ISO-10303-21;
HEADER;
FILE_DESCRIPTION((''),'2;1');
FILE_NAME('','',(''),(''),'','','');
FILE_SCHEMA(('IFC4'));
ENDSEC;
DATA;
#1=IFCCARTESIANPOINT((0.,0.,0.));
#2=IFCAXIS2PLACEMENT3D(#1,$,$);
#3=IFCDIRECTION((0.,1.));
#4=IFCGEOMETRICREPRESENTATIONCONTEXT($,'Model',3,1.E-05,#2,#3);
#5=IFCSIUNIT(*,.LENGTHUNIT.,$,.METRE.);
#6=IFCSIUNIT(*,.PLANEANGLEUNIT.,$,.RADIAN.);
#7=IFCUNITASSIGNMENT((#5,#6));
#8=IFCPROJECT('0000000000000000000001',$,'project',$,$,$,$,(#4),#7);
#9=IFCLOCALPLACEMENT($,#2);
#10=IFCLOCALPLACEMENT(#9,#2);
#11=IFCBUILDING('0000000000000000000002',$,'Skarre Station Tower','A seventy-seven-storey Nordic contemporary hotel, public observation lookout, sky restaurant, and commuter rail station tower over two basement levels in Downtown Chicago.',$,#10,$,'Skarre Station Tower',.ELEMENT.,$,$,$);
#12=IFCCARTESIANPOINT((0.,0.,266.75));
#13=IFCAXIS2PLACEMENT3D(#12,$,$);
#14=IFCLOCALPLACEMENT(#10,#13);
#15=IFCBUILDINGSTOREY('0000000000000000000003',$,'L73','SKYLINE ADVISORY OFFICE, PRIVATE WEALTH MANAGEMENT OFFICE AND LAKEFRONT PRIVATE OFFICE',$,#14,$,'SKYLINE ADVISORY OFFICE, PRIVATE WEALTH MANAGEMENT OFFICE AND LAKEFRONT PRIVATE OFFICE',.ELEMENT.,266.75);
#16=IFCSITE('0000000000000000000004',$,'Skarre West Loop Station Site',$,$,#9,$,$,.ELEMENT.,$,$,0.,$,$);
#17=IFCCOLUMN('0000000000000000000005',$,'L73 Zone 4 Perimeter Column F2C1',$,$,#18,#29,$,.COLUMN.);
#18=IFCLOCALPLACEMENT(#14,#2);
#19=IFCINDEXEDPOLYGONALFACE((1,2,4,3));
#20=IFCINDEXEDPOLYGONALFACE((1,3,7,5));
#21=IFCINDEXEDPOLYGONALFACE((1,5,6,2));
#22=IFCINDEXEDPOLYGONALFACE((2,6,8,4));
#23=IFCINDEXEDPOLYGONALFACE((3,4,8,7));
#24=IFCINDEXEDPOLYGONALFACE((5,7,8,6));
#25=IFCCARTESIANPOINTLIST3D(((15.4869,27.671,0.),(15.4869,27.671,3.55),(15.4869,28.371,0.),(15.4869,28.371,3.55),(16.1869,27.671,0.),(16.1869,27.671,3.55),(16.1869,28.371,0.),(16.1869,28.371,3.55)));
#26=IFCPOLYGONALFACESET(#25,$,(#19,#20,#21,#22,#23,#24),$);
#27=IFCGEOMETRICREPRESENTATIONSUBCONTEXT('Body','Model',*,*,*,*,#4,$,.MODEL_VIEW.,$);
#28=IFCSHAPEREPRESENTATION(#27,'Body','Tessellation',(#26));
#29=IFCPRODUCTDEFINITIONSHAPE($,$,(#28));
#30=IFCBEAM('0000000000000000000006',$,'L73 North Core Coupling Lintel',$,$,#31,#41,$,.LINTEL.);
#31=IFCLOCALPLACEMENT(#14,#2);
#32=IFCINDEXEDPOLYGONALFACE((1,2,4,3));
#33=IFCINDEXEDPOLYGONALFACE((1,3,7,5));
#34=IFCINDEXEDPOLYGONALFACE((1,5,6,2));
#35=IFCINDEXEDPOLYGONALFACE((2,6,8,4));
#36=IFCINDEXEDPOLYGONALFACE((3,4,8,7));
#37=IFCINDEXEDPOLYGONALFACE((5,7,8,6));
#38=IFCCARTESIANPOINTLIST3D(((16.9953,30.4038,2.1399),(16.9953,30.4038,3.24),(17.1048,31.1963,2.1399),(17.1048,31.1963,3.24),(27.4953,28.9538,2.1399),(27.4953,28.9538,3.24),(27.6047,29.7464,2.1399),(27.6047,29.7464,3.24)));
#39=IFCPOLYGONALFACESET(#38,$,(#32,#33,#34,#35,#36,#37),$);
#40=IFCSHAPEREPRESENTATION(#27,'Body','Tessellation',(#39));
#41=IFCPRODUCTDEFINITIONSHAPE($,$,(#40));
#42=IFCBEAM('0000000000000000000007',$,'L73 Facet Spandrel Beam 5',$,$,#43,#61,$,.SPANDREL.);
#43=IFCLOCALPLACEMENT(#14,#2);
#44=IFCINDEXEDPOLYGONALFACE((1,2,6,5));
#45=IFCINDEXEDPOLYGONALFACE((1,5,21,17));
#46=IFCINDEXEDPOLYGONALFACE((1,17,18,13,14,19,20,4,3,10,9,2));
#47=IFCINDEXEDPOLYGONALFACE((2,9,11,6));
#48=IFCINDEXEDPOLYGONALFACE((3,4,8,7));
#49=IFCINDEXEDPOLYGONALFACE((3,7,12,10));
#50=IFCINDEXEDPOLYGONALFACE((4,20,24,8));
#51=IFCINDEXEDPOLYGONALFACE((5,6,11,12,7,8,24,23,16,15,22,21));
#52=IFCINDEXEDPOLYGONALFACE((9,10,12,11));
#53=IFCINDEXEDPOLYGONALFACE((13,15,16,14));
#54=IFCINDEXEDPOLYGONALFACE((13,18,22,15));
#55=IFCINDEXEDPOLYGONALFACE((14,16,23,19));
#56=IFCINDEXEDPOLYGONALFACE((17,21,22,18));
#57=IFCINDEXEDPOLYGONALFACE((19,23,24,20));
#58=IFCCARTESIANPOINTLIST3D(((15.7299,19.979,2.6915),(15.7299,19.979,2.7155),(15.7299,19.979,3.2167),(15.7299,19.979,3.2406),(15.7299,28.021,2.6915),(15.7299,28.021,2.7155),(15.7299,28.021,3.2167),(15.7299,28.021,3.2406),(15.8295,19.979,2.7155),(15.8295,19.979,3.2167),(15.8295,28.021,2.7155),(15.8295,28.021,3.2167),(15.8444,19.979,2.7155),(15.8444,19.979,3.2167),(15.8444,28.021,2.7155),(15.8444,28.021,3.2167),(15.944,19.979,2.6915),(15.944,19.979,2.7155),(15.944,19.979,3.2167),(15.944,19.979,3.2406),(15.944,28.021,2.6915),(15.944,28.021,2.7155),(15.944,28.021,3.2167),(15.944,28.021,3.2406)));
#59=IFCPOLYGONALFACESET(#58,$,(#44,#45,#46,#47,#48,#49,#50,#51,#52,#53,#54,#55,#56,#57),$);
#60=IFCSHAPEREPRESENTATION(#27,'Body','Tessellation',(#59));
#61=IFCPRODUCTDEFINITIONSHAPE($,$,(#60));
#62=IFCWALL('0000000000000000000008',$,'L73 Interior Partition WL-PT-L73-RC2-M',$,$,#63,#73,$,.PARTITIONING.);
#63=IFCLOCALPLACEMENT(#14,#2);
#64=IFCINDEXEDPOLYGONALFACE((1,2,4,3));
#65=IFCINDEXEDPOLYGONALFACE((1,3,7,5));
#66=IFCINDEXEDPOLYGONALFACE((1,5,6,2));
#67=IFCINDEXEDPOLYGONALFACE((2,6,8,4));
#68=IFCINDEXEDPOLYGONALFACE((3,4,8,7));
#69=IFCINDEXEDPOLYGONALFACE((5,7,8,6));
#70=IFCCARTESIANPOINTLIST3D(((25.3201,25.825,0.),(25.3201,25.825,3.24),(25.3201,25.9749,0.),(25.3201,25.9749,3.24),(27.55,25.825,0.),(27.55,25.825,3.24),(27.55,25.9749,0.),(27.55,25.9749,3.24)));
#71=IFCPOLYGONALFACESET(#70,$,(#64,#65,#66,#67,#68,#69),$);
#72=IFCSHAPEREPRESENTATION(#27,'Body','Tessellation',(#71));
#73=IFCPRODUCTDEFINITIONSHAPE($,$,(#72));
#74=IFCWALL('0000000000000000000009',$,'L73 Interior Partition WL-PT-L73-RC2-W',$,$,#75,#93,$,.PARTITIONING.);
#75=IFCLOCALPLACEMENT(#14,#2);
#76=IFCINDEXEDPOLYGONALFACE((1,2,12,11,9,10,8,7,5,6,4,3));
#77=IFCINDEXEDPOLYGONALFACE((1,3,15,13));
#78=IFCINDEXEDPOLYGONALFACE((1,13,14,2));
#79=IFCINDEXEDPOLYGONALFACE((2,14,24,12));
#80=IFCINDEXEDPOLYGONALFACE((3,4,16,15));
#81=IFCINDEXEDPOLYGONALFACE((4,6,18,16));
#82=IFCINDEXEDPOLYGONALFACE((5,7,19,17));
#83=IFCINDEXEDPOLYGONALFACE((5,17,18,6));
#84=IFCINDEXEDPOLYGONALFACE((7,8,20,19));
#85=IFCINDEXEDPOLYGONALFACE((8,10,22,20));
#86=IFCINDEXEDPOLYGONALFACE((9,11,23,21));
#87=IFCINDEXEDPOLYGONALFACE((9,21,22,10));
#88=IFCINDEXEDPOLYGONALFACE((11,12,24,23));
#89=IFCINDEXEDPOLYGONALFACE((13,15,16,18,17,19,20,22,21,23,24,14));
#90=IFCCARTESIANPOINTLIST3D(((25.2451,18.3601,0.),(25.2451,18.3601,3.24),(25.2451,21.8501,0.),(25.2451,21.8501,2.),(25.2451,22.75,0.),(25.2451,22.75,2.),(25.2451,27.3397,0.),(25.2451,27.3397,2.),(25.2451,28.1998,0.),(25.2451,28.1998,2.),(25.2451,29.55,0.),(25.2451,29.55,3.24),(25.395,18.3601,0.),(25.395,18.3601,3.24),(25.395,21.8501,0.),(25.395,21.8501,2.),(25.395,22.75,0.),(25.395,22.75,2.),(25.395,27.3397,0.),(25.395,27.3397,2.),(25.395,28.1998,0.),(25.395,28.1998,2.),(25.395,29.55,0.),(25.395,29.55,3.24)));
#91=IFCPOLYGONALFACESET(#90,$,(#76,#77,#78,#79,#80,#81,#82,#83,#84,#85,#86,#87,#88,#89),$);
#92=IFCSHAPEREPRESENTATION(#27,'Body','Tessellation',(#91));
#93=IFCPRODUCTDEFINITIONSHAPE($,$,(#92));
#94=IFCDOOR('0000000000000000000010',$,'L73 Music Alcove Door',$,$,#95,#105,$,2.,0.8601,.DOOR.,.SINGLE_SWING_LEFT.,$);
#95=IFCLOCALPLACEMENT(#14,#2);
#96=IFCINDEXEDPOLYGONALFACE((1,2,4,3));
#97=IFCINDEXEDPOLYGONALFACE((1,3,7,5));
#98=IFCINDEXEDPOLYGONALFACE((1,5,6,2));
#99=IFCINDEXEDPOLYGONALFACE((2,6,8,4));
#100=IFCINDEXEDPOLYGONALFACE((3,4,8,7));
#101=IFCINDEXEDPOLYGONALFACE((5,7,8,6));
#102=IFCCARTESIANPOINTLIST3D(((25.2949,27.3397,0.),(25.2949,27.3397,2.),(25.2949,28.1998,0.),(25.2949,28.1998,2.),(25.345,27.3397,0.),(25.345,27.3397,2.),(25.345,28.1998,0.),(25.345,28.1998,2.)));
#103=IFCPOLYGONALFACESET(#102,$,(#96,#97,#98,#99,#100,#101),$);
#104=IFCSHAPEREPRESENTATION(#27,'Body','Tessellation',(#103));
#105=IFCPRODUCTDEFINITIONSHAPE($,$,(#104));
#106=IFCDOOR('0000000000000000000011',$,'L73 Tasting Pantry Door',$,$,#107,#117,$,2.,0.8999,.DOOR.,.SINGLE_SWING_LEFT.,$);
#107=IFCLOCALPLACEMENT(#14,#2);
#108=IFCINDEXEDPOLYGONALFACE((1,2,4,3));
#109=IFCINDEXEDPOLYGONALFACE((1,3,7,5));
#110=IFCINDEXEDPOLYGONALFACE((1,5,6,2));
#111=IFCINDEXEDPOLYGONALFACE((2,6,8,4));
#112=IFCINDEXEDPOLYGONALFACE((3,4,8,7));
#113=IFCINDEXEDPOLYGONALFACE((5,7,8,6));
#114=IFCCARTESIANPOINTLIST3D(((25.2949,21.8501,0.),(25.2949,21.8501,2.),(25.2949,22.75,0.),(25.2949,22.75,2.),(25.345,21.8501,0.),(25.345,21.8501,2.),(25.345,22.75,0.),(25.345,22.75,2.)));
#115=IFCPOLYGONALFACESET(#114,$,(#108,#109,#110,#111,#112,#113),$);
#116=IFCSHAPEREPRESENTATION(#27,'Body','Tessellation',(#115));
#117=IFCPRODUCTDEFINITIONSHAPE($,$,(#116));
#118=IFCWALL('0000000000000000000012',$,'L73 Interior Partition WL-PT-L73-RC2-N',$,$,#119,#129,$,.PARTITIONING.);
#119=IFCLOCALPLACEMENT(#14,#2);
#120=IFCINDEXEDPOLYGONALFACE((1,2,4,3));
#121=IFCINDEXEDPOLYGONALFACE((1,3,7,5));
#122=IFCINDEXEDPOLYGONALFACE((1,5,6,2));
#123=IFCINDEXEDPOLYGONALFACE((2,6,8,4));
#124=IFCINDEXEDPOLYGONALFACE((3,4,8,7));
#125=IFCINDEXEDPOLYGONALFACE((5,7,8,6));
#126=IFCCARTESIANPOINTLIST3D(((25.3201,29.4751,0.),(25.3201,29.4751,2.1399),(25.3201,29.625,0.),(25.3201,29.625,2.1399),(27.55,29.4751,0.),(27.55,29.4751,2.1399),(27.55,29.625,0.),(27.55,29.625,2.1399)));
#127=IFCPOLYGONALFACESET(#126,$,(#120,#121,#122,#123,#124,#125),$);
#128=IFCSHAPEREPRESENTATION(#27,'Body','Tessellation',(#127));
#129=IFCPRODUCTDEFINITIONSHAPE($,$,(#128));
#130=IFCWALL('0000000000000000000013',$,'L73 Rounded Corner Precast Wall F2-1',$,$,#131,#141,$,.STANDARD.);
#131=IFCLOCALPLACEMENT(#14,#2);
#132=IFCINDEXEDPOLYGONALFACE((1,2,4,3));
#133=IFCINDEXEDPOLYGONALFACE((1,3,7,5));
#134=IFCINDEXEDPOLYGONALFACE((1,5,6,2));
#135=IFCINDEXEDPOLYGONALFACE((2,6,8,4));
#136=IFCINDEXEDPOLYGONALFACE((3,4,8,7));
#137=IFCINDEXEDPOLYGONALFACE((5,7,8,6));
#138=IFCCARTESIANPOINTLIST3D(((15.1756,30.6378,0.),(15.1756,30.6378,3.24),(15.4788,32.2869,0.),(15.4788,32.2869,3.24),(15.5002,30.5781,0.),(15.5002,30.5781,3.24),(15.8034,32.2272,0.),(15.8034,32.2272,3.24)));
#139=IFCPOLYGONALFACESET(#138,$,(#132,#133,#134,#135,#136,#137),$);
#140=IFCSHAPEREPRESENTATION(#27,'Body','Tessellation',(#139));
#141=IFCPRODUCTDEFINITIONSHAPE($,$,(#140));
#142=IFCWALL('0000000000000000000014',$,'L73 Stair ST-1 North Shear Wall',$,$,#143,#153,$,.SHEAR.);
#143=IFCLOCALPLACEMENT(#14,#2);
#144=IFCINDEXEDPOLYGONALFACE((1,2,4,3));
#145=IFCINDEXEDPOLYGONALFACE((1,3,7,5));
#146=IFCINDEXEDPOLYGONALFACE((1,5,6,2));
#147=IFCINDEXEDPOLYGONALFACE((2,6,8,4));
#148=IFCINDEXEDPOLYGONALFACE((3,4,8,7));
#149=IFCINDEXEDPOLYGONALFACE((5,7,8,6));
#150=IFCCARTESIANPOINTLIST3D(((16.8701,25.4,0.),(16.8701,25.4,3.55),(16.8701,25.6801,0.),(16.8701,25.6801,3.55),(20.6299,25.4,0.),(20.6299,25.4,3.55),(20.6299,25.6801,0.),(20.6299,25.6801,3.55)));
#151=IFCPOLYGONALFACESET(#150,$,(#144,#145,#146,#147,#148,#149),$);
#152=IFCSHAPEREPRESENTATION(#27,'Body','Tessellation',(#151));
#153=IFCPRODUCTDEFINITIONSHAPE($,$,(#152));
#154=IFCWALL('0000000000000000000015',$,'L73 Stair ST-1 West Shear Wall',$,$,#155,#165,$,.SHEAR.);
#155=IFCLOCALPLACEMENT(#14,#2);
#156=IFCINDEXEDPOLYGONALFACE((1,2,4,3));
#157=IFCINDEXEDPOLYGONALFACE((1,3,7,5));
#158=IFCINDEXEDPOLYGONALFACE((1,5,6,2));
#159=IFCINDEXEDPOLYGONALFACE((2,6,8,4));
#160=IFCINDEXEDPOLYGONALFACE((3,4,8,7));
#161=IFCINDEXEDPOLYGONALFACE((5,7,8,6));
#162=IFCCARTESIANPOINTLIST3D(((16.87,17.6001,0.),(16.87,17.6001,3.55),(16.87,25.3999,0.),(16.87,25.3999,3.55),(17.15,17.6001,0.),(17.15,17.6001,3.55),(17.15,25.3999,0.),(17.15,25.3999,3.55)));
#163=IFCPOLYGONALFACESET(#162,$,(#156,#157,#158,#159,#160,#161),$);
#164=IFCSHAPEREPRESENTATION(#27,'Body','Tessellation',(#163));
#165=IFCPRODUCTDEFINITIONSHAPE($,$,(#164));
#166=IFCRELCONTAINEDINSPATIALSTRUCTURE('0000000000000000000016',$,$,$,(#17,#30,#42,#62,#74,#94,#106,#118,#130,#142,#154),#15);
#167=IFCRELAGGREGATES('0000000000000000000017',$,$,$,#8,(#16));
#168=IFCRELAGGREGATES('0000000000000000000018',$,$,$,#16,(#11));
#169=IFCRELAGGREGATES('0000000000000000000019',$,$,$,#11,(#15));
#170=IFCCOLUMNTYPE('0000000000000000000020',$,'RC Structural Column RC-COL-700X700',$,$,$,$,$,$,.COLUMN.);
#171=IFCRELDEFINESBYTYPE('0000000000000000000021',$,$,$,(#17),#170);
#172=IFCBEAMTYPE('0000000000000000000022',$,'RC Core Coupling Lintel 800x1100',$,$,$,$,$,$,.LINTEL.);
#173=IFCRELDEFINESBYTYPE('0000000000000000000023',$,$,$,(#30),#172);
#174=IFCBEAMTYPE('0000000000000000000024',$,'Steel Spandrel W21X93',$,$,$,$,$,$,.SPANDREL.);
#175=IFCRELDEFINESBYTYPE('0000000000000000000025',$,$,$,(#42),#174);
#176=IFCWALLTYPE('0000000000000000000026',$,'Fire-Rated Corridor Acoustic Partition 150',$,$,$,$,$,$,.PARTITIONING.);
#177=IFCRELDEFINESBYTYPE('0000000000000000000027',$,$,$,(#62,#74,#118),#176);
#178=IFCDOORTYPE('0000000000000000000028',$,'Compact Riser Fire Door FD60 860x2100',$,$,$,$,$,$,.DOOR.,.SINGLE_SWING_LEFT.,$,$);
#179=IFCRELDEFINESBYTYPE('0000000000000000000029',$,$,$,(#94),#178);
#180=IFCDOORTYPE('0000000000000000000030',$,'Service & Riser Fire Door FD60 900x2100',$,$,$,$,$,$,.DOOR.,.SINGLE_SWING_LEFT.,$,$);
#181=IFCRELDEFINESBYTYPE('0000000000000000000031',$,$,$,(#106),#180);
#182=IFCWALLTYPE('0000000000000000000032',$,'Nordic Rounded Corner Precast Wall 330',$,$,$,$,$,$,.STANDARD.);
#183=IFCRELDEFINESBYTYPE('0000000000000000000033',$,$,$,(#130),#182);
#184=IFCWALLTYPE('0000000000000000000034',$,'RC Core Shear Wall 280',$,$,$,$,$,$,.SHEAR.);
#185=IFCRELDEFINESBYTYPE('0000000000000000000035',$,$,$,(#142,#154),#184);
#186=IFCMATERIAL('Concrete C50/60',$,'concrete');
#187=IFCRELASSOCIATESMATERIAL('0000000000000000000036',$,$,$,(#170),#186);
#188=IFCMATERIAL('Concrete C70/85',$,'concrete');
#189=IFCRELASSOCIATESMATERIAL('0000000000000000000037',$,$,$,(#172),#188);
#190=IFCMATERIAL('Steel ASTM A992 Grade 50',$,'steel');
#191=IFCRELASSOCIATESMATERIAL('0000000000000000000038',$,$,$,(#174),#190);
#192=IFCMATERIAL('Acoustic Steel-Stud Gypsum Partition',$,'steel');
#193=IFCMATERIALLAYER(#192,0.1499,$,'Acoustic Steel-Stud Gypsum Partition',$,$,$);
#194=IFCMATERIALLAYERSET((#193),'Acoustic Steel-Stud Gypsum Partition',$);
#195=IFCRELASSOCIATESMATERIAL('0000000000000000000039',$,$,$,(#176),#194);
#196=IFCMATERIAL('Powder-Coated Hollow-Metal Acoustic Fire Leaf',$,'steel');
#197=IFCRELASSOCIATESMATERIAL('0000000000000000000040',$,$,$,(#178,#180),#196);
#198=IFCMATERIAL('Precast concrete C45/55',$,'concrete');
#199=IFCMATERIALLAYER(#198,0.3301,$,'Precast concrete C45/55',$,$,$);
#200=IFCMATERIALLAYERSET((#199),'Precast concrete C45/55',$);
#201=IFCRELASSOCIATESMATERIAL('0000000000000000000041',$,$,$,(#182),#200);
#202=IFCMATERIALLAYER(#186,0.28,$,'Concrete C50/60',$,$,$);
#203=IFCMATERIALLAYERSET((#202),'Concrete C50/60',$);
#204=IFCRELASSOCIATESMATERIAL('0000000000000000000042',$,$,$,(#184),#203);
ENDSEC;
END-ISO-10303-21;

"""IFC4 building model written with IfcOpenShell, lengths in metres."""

from ifc_helpers import new_model, si_unit, direction, frame, frame_2d, origin, origin_2d, place, context, subcontext, project, spatial, rectangle, i_section, extrude, material, layer, layer_set, material_profile, profile_set, type_object, element, fill, save


model = new_model("IFC4")

# Units and contexts
model_context = context("Model", 3, precision=1e-05, world=origin(), true_north=direction((0.0, 1.0)))
body_context = subcontext(model_context, "Body", "Model", "MODEL_VIEW")
ifc_project = project(units=[si_unit("LENGTHUNIT", "METRE"), si_unit("PLANEANGLEUNIT", "RADIAN")], contexts=[model_context])

# Site, building, storey
site_placement = place(None, origin())
site = spatial("IfcSite", under=ifc_project, at=site_placement, Name="Skarre West Loop Station Site", CompositionType="ELEMENT", RefElevation=0.0)
building_placement = place(site_placement, origin())
building = spatial("IfcBuilding", under=site, at=building_placement, Name="Skarre Station Tower", Description="A seventy-seven-storey Nordic contemporary hotel, public observation lookout, sky restaurant, and commuter rail station tower over two basement levels in Downtown Chicago.", LongName="Skarre Station Tower", CompositionType="ELEMENT")
storey_placement = place(building_placement, frame((0.0, 0.0, 266.75)))
storey = spatial("IfcBuildingStorey", under=building, at=storey_placement, Name="L73", Description="SKYLINE ADVISORY OFFICE, PRIVATE WEALTH MANAGEMENT OFFICE AND LAKEFRONT PRIVATE OFFICE", LongName="SKYLINE ADVISORY OFFICE, PRIVATE WEALTH MANAGEMENT OFFICE AND LAKEFRONT PRIVATE OFFICE", CompositionType="ELEMENT", Elevation=266.75)

# Column
ifc_material_1 = material(Name="Concrete C50/60", Category="concrete")
ifc_material_profile_1 = material_profile(ifc_material_1, rectangle(XDim=0.7, YDim=0.7, at=origin_2d()), Name="Concrete C50/60")
ifc_profile_set_1 = profile_set([ifc_material_profile_1], Name="Concrete C50/60")
column_type = type_object("IfcColumnType", Name="RC Structural Column RC-COL-700X700", PredefinedType="COLUMN", material=ifc_profile_set_1)
column_placement = place(storey_placement, frame((15.8369, 28.021, 0.0), z_axis=(0.0, 0.0, 1.0), x_axis=(1.0, 0.0, 0.0)))
element("IfcColumn", 1, at=column_placement, inside=storey, type_object=column_type, Name="L73 Zone 4 Perimeter Column F2C1", PredefinedType="COLUMN", context=body_context, shape_type="SweptSolid", body=[
    extrude(rectangle(XDim=0.7, YDim=0.7, at=origin_2d()), origin(), (0.0, 0.0, 1.0), 3.55),
])

# Beams
ifc_material_2 = material(Name="Concrete C70/85", Category="concrete")
ifc_material_profile_2 = material_profile(ifc_material_2, rectangle(XDim=0.8, YDim=1.1001, at=origin_2d()), Name="Concrete C70/85")
ifc_profile_set_2 = profile_set([ifc_material_profile_2], Name="Concrete C70/85")
beam_type_1 = type_object("IfcBeamType", Name="RC Core Coupling Lintel 800x1100", PredefinedType="LINTEL", material=ifc_profile_set_2)
beam_1_placement = place(storey_placement, frame((17.05, 30.8, 2.6899), z_axis=(0.9906, -0.136792, 0.0), x_axis=(0.136792, 0.9906, 0.0)))
element("IfcBeam", 2, at=beam_1_placement, inside=storey, type_object=beam_type_1, Name="L73 North Core Coupling Lintel", PredefinedType="LINTEL", context=body_context, shape_type="SweptSolid", body=[
    extrude(rectangle(XDim=0.8, YDim=1.1001, at=origin_2d()), origin(), (0.0, 0.0, 1.0), 10.5996),
])
ifc_material_3 = material(Name="Steel ASTM A992 Grade 50", Category="steel")
ifc_material_profile_3 = material_profile(ifc_material_3, i_section(OverallWidth=0.2141, OverallDepth=0.5491, WebThickness=0.0149, FlangeThickness=0.0239, at=origin_2d()), Name="Steel ASTM A992 Grade 50")
ifc_profile_set_3 = profile_set([ifc_material_profile_3], Name="Steel ASTM A992 Grade 50")
beam_type_2 = type_object("IfcBeamType", Name="Steel Spandrel W21X93", PredefinedType="SPANDREL", material=ifc_profile_set_3)
beam_2_placement = place(storey_placement, frame((15.8369, 28.021, 2.9661), z_axis=(0.0, -1.0, 0.0), x_axis=(1.0, 0.0, 0.0)))
element("IfcBeam", 3, at=beam_2_placement, inside=storey, type_object=beam_type_2, Name="L73 Facet Spandrel Beam 5", PredefinedType="SPANDREL", context=body_context, shape_type="SweptSolid", body=[
    extrude(i_section(OverallWidth=0.2141, OverallDepth=0.5491, WebThickness=0.0149, FlangeThickness=0.0239, at=origin_2d()), origin(), (0.0, 0.0, 1.0), 8.042),
])

# Wall
ifc_material_4 = material(Name="Acoustic Steel-Stud Gypsum Partition", Category="steel")
ifc_layer_1 = layer(ifc_material_4, 0.1499, Name="Acoustic Steel-Stud Gypsum Partition")
ifc_layer_set_1 = layer_set([ifc_layer_1], Name="Acoustic Steel-Stud Gypsum Partition")
wall_type_1 = type_object("IfcWallType", Name="Fire-Rated Corridor Acoustic Partition 150", PredefinedType="PARTITIONING", material=ifc_layer_set_1)
wall_1_placement = place(storey_placement, frame((25.3201, 25.8999, 0.0), z_axis=(0.0, 0.0, 1.0), x_axis=(1.0, 0.0, 0.0)))
element("IfcWall", 4, at=wall_1_placement, inside=storey, type_object=wall_type_1, Name="L73 Interior Partition WL-PT-L73-RC2-M", PredefinedType="PARTITIONING", context=body_context, shape_type="SweptSolid", body=[
    extrude(rectangle(XDim=2.23, YDim=0.1499, at=frame_2d((1.115, 0.0))), origin(), (0.0, 0.0, 1.0), 3.24),
])

# Wall, openings, doors
wall_2_placement = place(storey_placement, frame((25.3201, 29.55, 0.0), z_axis=(0.0, 0.0, 1.0), x_axis=(0.0, -1.0, 0.0)))
wall_2 = element("IfcWall", 5, at=wall_2_placement, inside=storey, type_object=wall_type_1, Name="L73 Interior Partition WL-PT-L73-RC2-W", PredefinedType="PARTITIONING", context=body_context, shape_type="SweptSolid", body=[
    extrude(rectangle(XDim=11.1899, YDim=0.1499, at=frame_2d((5.595, 0.0))), origin(), (0.0, 0.0, 1.0), 3.24),
])
opening_1_placement = place(wall_2_placement, frame((1.3501, 0.0, 0.0)))
opening_1 = element("IfcOpeningElement", 6, at=opening_1_placement, cuts=wall_2, PredefinedType="OPENING", context=body_context, shape_type="SweptSolid", body=[
    extrude(rectangle(XDim=0.8601, YDim=2.0, at=frame_2d((0.4302, 1.0))), frame((0.0, 0.085, 0.0), z_axis=(0.0, -1.0, 0.0), x_axis=(1.0, 0.0, 0.0)), (0.0, 0.0, 1.0), 0.1699),
])
opening_2_placement = place(wall_2_placement, frame((6.8, 0.0, 0.0)))
opening_2 = element("IfcOpeningElement", 7, at=opening_2_placement, cuts=wall_2, PredefinedType="OPENING", context=body_context, shape_type="SweptSolid", body=[
    extrude(rectangle(XDim=0.8999, YDim=2.0, at=frame_2d((0.45, 1.0))), frame((0.0, 0.085, 0.0), z_axis=(0.0, -1.0, 0.0), x_axis=(1.0, 0.0, 0.0)), (0.0, 0.0, 1.0), 0.1699),
])
ifc_material_5 = material(Name="Powder-Coated Hollow-Metal Acoustic Fire Leaf", Category="steel")
door_type_1 = type_object("IfcDoorType", Name="Compact Riser Fire Door FD60 860x2100", OperationType="SINGLE_SWING_LEFT", PredefinedType="DOOR", material=ifc_material_5)
door_1_placement = place(opening_1_placement, origin())
door_1 = element("IfcDoor", 8, at=door_1_placement, inside=storey, type_object=door_type_1, Name="L73 Music Alcove Door", OperationType="SINGLE_SWING_LEFT", OverallHeight=2.0, OverallWidth=0.8601, PredefinedType="DOOR", context=body_context, shape_type="SweptSolid", body=[
    extrude(rectangle(XDim=0.8601, YDim=2.0, at=frame_2d((0.4302, 1.0))), frame((0.0, 0.0249, 0.0), z_axis=(0.0, -1.0, 0.0), x_axis=(1.0, 0.0, 0.0)), (0.0, 0.0, 1.0), 0.05),
])
fill(opening_1, door_1)
door_type_2 = type_object("IfcDoorType", Name="Service & Riser Fire Door FD60 900x2100", OperationType="SINGLE_SWING_LEFT", PredefinedType="DOOR", material=ifc_material_5)
door_2_placement = place(opening_2_placement, origin())
door_2 = element("IfcDoor", 9, at=door_2_placement, inside=storey, type_object=door_type_2, Name="L73 Tasting Pantry Door", OperationType="SINGLE_SWING_LEFT", OverallHeight=2.0, OverallWidth=0.8999, PredefinedType="DOOR", context=body_context, shape_type="SweptSolid", body=[
    extrude(rectangle(XDim=0.8999, YDim=2.0, at=frame_2d((0.45, 1.0))), frame((0.0, 0.0249, 0.0), z_axis=(0.0, -1.0, 0.0), x_axis=(1.0, 0.0, 0.0)), (0.0, 0.0, 1.0), 0.05),
])
fill(opening_2, door_2)

# Walls
wall_3_placement = place(storey_placement, frame((27.55, 29.55, 0.0), z_axis=(0.0, 0.0, 1.0), x_axis=(-1.0, 0.0, 0.0)))
element("IfcWall", 10, at=wall_3_placement, inside=storey, type_object=wall_type_1, Name="L73 Interior Partition WL-PT-L73-RC2-N", PredefinedType="PARTITIONING", context=body_context, shape_type="SweptSolid", body=[
    extrude(rectangle(XDim=2.23, YDim=0.1499, at=frame_2d((1.115, 0.0))), origin(), (0.0, 0.0, 1.0), 2.1399),
])
ifc_material_6 = material(Name="Precast concrete C45/55", Category="concrete")
ifc_layer_2 = layer(ifc_material_6, 0.3301, Name="Precast concrete C45/55")
ifc_layer_set_2 = layer_set([ifc_layer_2], Name="Precast concrete C45/55")
wall_type_2 = type_object("IfcWallType", Name="Nordic Rounded Corner Precast Wall 330", PredefinedType="STANDARD", material=ifc_layer_set_2)
wall_4_placement = place(storey_placement, frame((15.3379, 30.6079, 0.0), z_axis=(0.0, 0.0, 1.0), x_axis=(0.180833, 0.983514, 0.0)))
element("IfcWall", 11, at=wall_4_placement, inside=storey, type_object=wall_type_2, Name="L73 Rounded Corner Precast Wall F2-1", PredefinedType="STANDARD", context=body_context, shape_type="SweptSolid", body=[
    extrude(rectangle(XDim=1.6768, YDim=0.3301, at=frame_2d((0.8384, 0.0))), origin(), (0.0, 0.0, 1.0), 3.24),
])
ifc_layer_3 = layer(ifc_material_1, 0.28, Name="Concrete C50/60")
ifc_layer_set_3 = layer_set([ifc_layer_3], Name="Concrete C50/60")
wall_type_3 = type_object("IfcWallType", Name="RC Core Shear Wall 280", PredefinedType="SHEAR", material=ifc_layer_set_3)
wall_5_placement = place(storey_placement, frame((20.6299, 25.54, 0.0), z_axis=(0.0, 0.0, 1.0), x_axis=(-1.0, 0.0, 0.0)))
element("IfcWall", 12, at=wall_5_placement, inside=storey, type_object=wall_type_3, Name="L73 Stair ST-1 North Shear Wall", PredefinedType="SHEAR", context=body_context, shape_type="SweptSolid", body=[
    extrude(rectangle(XDim=3.7598, YDim=0.28, at=frame_2d((1.8799, 0.0))), origin(), (0.0, 0.0, 1.0), 3.55),
])
wall_6_placement = place(storey_placement, frame((17.01, 25.3999, 0.0), z_axis=(0.0, 0.0, 1.0), x_axis=(0.0, -1.0, 0.0)))
element("IfcWall", 13, at=wall_6_placement, inside=storey, type_object=wall_type_3, Name="L73 Stair ST-1 West Shear Wall", PredefinedType="SHEAR", context=body_context, shape_type="SweptSolid", body=[
    extrude(rectangle(XDim=7.7998, YDim=0.28, at=frame_2d((3.8999, 0.0))), origin(), (0.0, 0.0, 1.0), 3.55),
])

save(model, "model.ifc")
